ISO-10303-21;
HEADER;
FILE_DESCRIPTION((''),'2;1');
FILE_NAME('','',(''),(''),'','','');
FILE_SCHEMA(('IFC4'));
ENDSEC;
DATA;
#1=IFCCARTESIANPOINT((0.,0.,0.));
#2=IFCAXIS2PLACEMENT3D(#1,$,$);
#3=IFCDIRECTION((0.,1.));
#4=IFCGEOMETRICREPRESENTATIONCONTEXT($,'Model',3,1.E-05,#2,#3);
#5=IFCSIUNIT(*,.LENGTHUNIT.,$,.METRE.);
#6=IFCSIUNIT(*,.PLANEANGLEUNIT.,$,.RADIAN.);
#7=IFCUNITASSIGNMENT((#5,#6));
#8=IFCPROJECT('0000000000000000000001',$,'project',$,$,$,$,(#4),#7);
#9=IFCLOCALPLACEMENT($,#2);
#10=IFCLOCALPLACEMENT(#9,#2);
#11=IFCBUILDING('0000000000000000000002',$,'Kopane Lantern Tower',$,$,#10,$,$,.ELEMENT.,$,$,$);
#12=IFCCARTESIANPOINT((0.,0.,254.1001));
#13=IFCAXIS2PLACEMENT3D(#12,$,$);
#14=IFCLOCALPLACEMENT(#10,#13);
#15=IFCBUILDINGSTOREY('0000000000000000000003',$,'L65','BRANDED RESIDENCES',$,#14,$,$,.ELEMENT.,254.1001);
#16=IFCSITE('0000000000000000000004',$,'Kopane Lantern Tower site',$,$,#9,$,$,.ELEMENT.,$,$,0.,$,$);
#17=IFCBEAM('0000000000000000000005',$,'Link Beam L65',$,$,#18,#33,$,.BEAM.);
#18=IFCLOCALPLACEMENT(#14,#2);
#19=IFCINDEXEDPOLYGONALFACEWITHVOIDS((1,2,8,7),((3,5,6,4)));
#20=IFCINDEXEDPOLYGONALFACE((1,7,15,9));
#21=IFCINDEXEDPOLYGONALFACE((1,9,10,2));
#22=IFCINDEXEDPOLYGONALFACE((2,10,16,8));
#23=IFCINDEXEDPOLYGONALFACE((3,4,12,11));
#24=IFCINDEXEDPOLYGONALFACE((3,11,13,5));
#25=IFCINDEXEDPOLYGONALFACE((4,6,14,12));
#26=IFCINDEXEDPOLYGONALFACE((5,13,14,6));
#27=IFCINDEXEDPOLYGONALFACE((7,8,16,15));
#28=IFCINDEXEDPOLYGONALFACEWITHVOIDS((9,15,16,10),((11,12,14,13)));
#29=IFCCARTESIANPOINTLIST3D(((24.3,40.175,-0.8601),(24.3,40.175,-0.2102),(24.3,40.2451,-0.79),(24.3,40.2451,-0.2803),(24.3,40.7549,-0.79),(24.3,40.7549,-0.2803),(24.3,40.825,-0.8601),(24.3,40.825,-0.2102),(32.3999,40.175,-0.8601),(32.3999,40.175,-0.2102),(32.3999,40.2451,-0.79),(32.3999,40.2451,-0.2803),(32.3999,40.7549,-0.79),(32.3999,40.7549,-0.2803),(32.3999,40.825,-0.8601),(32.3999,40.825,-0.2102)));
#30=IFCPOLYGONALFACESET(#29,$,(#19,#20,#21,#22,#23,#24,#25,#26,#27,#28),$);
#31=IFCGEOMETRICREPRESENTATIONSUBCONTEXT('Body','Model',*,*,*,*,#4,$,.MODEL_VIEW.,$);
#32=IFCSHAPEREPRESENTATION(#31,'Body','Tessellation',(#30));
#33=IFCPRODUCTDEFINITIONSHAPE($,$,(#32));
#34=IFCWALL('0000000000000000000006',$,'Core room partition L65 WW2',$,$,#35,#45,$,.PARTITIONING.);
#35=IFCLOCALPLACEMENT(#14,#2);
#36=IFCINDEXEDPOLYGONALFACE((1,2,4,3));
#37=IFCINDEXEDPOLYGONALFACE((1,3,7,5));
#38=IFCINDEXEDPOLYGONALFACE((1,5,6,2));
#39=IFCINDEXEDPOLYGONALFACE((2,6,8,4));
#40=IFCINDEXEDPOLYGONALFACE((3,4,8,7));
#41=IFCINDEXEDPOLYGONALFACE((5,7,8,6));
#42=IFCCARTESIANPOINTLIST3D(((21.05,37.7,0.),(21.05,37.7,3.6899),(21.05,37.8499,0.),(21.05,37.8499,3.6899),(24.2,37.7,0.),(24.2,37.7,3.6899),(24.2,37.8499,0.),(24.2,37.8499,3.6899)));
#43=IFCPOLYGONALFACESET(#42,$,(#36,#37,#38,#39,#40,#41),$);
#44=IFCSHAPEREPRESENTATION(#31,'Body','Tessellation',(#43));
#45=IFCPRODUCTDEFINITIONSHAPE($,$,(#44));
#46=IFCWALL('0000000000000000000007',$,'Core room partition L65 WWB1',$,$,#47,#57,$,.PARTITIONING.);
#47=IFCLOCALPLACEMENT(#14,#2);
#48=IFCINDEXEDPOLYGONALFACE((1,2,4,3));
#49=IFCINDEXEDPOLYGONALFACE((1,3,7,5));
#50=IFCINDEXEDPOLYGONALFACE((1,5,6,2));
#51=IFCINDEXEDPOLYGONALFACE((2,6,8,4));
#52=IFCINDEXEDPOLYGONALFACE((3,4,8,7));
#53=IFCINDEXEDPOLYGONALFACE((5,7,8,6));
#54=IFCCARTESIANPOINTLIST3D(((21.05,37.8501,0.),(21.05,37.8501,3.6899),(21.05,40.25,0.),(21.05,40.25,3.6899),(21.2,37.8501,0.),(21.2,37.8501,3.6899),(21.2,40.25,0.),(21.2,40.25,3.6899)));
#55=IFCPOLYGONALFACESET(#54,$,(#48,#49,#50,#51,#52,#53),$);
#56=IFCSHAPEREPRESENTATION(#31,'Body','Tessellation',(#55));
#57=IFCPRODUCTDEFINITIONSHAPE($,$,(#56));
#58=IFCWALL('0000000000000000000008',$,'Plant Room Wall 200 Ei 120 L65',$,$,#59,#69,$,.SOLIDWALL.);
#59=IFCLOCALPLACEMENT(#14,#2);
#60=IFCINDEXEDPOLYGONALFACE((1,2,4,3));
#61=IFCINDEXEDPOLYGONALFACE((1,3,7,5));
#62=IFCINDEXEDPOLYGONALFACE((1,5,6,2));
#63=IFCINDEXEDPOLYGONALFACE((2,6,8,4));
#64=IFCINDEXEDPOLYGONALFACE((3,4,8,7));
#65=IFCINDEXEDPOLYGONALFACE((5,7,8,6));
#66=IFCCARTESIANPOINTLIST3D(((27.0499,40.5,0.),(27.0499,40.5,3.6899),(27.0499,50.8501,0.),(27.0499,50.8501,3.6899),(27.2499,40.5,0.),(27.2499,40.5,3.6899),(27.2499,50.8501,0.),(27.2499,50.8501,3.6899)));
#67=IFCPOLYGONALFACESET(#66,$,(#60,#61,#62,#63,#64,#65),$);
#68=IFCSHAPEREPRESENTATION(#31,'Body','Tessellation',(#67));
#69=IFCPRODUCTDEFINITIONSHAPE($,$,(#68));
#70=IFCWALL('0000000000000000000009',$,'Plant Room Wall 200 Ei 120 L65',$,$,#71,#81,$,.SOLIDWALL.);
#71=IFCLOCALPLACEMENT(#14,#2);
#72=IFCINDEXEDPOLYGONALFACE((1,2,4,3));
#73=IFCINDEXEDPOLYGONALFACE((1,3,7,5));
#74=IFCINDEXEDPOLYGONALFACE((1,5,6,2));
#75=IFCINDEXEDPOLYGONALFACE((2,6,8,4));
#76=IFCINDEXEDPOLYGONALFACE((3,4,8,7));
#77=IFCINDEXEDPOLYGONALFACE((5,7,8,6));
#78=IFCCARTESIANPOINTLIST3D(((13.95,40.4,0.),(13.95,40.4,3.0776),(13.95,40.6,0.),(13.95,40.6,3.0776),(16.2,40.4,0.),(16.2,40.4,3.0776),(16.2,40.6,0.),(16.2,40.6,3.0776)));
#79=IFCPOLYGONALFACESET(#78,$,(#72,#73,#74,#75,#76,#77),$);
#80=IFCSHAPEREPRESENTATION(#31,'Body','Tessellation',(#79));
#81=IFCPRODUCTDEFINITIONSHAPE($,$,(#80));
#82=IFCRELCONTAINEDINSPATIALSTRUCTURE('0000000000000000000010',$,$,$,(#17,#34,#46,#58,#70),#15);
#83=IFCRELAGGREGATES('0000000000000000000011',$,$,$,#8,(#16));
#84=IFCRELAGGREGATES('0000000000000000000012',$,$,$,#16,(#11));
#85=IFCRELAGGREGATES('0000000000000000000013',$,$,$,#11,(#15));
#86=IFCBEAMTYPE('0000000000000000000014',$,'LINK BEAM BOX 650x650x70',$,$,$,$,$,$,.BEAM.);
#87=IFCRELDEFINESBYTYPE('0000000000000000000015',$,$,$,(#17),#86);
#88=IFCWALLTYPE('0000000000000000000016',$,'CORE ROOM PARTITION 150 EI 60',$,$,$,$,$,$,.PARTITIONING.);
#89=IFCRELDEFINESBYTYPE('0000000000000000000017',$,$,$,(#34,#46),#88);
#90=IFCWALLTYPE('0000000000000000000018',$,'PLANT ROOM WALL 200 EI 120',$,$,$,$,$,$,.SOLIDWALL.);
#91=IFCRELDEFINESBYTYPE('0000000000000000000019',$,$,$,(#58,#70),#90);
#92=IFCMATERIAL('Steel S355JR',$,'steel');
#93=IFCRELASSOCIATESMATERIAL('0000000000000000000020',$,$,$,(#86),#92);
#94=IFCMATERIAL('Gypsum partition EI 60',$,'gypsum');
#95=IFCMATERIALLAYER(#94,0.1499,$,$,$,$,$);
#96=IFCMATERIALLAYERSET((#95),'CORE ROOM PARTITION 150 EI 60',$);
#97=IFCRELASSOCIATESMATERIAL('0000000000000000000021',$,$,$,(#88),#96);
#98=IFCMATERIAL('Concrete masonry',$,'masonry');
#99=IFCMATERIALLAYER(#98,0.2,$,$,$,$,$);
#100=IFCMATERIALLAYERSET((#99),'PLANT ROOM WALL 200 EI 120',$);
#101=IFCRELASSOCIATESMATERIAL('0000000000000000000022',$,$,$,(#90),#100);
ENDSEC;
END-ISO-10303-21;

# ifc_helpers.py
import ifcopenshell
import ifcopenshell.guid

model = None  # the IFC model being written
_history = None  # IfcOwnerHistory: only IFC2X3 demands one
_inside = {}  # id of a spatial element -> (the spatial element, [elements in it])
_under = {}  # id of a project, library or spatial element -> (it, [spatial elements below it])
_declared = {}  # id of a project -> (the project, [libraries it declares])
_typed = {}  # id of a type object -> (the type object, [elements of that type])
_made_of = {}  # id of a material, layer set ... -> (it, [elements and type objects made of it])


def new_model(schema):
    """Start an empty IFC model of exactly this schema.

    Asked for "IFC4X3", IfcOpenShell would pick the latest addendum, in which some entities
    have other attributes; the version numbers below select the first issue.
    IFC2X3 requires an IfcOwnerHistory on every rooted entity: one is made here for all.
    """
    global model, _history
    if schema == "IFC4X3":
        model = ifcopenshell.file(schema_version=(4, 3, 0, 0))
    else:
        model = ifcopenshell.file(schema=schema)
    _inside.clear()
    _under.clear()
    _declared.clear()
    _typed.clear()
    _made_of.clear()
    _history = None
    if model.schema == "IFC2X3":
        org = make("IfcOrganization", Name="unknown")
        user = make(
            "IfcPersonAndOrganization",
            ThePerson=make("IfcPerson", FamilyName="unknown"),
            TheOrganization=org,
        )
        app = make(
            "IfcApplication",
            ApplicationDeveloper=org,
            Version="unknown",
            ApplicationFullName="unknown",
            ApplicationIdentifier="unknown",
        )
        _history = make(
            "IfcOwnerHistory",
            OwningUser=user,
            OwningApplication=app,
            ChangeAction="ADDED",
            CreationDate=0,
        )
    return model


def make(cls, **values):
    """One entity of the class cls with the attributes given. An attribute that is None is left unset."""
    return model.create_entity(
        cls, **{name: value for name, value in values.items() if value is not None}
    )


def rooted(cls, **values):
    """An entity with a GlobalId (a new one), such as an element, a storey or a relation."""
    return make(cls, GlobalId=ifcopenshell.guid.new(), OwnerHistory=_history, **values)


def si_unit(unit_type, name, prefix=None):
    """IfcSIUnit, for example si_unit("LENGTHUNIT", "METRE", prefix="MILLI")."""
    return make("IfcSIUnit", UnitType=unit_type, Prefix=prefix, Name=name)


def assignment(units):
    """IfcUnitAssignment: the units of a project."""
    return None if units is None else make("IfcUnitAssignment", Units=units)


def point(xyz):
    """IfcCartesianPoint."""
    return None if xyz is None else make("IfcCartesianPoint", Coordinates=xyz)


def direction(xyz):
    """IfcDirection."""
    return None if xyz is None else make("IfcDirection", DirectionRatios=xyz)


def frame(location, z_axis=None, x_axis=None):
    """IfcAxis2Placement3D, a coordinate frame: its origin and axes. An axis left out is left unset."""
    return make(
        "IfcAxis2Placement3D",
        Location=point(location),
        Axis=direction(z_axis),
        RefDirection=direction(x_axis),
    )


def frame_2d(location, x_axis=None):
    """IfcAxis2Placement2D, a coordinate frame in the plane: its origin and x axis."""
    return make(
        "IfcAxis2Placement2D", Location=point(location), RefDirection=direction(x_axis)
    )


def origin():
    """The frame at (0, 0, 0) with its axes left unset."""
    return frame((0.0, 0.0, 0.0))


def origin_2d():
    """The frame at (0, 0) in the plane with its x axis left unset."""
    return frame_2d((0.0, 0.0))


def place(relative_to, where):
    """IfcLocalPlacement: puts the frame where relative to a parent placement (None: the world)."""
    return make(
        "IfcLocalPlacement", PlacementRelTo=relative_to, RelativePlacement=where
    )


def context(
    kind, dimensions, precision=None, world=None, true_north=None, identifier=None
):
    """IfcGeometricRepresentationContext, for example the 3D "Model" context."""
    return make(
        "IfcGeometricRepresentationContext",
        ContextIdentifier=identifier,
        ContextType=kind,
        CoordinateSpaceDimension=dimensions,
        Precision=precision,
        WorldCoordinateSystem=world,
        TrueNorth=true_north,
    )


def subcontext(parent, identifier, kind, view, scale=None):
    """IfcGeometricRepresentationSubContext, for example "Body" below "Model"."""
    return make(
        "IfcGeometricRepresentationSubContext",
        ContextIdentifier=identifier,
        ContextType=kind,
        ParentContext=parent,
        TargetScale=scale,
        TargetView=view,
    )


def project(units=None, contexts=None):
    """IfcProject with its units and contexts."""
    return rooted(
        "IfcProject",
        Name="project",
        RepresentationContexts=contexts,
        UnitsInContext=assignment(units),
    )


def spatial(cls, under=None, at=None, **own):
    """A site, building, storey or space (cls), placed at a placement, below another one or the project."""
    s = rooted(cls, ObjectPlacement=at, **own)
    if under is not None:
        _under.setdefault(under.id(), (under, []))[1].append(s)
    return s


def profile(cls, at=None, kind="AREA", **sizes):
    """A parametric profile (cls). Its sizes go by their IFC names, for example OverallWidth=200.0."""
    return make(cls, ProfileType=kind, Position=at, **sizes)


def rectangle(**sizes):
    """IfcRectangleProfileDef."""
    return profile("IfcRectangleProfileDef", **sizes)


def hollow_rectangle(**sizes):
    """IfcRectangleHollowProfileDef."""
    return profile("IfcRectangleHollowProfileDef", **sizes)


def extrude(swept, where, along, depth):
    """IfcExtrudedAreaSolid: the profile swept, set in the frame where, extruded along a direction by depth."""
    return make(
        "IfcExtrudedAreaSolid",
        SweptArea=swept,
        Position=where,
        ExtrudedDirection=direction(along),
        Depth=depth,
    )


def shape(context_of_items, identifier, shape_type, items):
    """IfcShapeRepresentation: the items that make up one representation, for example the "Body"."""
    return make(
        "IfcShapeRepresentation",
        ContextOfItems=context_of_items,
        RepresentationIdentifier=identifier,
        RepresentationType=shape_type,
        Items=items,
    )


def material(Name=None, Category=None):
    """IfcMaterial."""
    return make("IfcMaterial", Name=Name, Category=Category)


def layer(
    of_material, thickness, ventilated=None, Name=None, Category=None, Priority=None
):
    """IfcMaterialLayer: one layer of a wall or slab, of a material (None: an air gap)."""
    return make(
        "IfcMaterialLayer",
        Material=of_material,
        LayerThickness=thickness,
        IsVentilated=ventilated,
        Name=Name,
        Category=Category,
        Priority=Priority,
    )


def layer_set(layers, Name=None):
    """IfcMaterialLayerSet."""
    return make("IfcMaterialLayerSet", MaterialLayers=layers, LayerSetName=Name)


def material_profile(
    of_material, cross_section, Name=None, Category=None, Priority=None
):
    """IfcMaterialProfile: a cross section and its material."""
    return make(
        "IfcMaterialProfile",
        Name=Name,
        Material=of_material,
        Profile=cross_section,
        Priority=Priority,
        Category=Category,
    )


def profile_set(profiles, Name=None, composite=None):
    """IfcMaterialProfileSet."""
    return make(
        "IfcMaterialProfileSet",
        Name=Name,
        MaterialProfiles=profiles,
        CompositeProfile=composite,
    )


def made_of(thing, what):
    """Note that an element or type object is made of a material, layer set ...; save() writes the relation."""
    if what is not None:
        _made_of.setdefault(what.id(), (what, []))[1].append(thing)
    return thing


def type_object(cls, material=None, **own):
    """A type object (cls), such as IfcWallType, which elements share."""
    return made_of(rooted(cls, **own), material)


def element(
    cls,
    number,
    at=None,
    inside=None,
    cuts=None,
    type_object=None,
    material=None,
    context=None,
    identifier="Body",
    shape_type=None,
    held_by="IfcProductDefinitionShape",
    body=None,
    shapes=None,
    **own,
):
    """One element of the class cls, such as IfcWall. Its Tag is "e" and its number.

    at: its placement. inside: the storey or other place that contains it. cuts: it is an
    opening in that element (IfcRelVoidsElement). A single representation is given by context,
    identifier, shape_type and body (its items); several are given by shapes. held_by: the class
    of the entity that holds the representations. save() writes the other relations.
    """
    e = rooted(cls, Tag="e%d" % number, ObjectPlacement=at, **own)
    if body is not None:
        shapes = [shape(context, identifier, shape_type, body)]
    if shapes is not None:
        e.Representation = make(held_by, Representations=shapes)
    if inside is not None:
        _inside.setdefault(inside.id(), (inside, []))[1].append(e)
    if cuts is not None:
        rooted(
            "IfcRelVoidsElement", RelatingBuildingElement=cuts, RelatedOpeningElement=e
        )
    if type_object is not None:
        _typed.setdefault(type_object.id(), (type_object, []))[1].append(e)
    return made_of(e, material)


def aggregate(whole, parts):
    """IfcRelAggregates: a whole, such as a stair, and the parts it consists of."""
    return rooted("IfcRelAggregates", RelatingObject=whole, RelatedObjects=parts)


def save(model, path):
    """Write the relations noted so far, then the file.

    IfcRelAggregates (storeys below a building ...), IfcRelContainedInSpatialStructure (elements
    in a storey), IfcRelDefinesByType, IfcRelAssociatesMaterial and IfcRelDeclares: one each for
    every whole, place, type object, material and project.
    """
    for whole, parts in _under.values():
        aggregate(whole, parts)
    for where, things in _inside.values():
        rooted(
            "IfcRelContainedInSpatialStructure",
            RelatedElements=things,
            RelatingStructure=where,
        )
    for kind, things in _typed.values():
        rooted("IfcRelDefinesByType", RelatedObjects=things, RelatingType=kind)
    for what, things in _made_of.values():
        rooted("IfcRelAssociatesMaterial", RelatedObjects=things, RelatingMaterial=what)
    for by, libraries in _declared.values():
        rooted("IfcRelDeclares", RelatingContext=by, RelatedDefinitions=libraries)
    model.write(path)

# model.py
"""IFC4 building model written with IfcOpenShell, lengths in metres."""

from ifc_helpers import new_model, si_unit, direction, frame, frame_2d, origin, origin_2d, place, context, subcontext, project, spatial, rectangle, hollow_rectangle, extrude, material, layer, layer_set, material_profile, profile_set, type_object, element, save


model = new_model("IFC4")

# Units and contexts
model_context = context("Model", 3, precision=1e-05, world=origin(), true_north=direction((0.0, 1.0)))
body_context = subcontext(model_context, "Body", "Model", "MODEL_VIEW")
ifc_project = project(units=[si_unit("LENGTHUNIT", "METRE"), si_unit("PLANEANGLEUNIT", "RADIAN")], contexts=[model_context])

# Site, building, storey
site_placement = place(None, origin())
site = spatial("IfcSite", under=ifc_project, at=site_placement, Name="Kopane Lantern Tower site", CompositionType="ELEMENT", RefElevation=0.0)
building_placement = place(site_placement, origin())
building = spatial("IfcBuilding", under=site, at=building_placement, Name="Kopane Lantern Tower", CompositionType="ELEMENT")
storey_placement = place(building_placement, frame((0.0, 0.0, 254.1001)))
storey = spatial("IfcBuildingStorey", under=building, at=storey_placement, Name="L65", Description="BRANDED RESIDENCES", CompositionType="ELEMENT", Elevation=254.1001)

# Beam
ifc_material_1 = material(Name="Steel S355JR", Category="steel")
ifc_material_profile_1 = material_profile(ifc_material_1, hollow_rectangle(XDim=0.6499, YDim=0.6499, WallThickness=0.0701, at=origin_2d()), Name="BOX 650x650x70")
ifc_profile_set_1 = profile_set([ifc_material_profile_1], Name="Steel S355JR")
beam_type_1 = type_object("IfcBeamType", Name="LINK BEAM BOX 650x650x70", PredefinedType="BEAM", material=ifc_profile_set_1)
beam_1_placement = place(storey_placement, frame((24.3, 40.5, -0.5352), z_axis=(1.0, 0.0, 0.0), x_axis=(0.0, 1.0, 0.0)))
element("IfcBeam", 1, at=beam_1_placement, inside=storey, type_object=beam_type_1, Name="Link Beam L65", PredefinedType="BEAM", context=body_context, shape_type="SweptSolid", body=[
    extrude(hollow_rectangle(XDim=0.6499, YDim=0.6499, WallThickness=0.0701, at=origin_2d()), origin(), (0.0, 0.0, 1.0), 8.0999),
])

# Walls
ifc_material_2 = material(Name="Gypsum partition EI 60", Category="gypsum")
ifc_layer_1 = layer(ifc_material_2, 0.1499)
ifc_layer_set_1 = layer_set([ifc_layer_1], Name="CORE ROOM PARTITION 150 EI 60")
wall_type_1 = type_object("IfcWallType", Name="CORE ROOM PARTITION 150 EI 60", PredefinedType="PARTITIONING", material=ifc_layer_set_1)
wall_1_placement = place(storey_placement, frame((21.05, 37.7749, 0.0), z_axis=(0.0, 0.0, 1.0), x_axis=(1.0, 0.0, 0.0)))
element("IfcWall", 2, at=wall_1_placement, inside=storey, type_object=wall_type_1, Name="Core room partition L65 WW2", PredefinedType="PARTITIONING", context=body_context, shape_type="SweptSolid", body=[
    extrude(rectangle(XDim=3.1499, YDim=0.1499, at=frame_2d((1.575, 0.0))), origin(), (0.0, 0.0, 1.0), 3.6899),
])
wall_2_placement = place(storey_placement, frame((21.125, 37.8501, 0.0), z_axis=(0.0, 0.0, 1.0), x_axis=(0.0, 1.0, 0.0)))
element("IfcWall", 3, at=wall_2_placement, inside=storey, type_object=wall_type_1, Name="Core room partition L65 WWB1", PredefinedType="PARTITIONING", context=body_context, shape_type="SweptSolid", body=[
    extrude(rectangle(XDim=2.3999, YDim=0.1499, at=frame_2d((1.2, 0.0))), origin(), (0.0, 0.0, 1.0), 3.6899),
])
ifc_material_3 = material(Name="Concrete masonry", Category="masonry")
ifc_layer_2 = layer(ifc_material_3, 0.2)
ifc_layer_set_2 = layer_set([ifc_layer_2], Name="PLANT ROOM WALL 200 EI 120")
wall_type_2 = type_object("IfcWallType", Name="PLANT ROOM WALL 200 EI 120", PredefinedType="SOLIDWALL", material=ifc_layer_set_2)
wall_3_placement = place(storey_placement, frame((27.1499, 40.5, 0.0), z_axis=(0.0, 0.0, 1.0), x_axis=(0.0, 1.0, 0.0)))
element("IfcWall", 4, at=wall_3_placement, inside=storey, type_object=wall_type_2, Name="Plant Room Wall 200 Ei 120 L65", PredefinedType="SOLIDWALL", context=body_context, shape_type="SweptSolid", body=[
    extrude(rectangle(XDim=10.3501, YDim=0.2, at=frame_2d((5.175, 0.0))), origin(), (0.0, 0.0, 1.0), 3.6899),
])
wall_4_placement = place(storey_placement, frame((13.95, 40.5, 0.0), z_axis=(0.0, 0.0, 1.0), x_axis=(1.0, 0.0, 0.0)))
element("IfcWall", 5, at=wall_4_placement, inside=storey, type_object=wall_type_2, Name="Plant Room Wall 200 Ei 120 L65", PredefinedType="SOLIDWALL", context=body_context, shape_type="SweptSolid", body=[
    extrude(rectangle(XDim=2.25, YDim=0.2, at=frame_2d((1.125, 0.0))), origin(), (0.0, 0.0, 1.0), 3.0776),
])

save(model, "model.ifc")
